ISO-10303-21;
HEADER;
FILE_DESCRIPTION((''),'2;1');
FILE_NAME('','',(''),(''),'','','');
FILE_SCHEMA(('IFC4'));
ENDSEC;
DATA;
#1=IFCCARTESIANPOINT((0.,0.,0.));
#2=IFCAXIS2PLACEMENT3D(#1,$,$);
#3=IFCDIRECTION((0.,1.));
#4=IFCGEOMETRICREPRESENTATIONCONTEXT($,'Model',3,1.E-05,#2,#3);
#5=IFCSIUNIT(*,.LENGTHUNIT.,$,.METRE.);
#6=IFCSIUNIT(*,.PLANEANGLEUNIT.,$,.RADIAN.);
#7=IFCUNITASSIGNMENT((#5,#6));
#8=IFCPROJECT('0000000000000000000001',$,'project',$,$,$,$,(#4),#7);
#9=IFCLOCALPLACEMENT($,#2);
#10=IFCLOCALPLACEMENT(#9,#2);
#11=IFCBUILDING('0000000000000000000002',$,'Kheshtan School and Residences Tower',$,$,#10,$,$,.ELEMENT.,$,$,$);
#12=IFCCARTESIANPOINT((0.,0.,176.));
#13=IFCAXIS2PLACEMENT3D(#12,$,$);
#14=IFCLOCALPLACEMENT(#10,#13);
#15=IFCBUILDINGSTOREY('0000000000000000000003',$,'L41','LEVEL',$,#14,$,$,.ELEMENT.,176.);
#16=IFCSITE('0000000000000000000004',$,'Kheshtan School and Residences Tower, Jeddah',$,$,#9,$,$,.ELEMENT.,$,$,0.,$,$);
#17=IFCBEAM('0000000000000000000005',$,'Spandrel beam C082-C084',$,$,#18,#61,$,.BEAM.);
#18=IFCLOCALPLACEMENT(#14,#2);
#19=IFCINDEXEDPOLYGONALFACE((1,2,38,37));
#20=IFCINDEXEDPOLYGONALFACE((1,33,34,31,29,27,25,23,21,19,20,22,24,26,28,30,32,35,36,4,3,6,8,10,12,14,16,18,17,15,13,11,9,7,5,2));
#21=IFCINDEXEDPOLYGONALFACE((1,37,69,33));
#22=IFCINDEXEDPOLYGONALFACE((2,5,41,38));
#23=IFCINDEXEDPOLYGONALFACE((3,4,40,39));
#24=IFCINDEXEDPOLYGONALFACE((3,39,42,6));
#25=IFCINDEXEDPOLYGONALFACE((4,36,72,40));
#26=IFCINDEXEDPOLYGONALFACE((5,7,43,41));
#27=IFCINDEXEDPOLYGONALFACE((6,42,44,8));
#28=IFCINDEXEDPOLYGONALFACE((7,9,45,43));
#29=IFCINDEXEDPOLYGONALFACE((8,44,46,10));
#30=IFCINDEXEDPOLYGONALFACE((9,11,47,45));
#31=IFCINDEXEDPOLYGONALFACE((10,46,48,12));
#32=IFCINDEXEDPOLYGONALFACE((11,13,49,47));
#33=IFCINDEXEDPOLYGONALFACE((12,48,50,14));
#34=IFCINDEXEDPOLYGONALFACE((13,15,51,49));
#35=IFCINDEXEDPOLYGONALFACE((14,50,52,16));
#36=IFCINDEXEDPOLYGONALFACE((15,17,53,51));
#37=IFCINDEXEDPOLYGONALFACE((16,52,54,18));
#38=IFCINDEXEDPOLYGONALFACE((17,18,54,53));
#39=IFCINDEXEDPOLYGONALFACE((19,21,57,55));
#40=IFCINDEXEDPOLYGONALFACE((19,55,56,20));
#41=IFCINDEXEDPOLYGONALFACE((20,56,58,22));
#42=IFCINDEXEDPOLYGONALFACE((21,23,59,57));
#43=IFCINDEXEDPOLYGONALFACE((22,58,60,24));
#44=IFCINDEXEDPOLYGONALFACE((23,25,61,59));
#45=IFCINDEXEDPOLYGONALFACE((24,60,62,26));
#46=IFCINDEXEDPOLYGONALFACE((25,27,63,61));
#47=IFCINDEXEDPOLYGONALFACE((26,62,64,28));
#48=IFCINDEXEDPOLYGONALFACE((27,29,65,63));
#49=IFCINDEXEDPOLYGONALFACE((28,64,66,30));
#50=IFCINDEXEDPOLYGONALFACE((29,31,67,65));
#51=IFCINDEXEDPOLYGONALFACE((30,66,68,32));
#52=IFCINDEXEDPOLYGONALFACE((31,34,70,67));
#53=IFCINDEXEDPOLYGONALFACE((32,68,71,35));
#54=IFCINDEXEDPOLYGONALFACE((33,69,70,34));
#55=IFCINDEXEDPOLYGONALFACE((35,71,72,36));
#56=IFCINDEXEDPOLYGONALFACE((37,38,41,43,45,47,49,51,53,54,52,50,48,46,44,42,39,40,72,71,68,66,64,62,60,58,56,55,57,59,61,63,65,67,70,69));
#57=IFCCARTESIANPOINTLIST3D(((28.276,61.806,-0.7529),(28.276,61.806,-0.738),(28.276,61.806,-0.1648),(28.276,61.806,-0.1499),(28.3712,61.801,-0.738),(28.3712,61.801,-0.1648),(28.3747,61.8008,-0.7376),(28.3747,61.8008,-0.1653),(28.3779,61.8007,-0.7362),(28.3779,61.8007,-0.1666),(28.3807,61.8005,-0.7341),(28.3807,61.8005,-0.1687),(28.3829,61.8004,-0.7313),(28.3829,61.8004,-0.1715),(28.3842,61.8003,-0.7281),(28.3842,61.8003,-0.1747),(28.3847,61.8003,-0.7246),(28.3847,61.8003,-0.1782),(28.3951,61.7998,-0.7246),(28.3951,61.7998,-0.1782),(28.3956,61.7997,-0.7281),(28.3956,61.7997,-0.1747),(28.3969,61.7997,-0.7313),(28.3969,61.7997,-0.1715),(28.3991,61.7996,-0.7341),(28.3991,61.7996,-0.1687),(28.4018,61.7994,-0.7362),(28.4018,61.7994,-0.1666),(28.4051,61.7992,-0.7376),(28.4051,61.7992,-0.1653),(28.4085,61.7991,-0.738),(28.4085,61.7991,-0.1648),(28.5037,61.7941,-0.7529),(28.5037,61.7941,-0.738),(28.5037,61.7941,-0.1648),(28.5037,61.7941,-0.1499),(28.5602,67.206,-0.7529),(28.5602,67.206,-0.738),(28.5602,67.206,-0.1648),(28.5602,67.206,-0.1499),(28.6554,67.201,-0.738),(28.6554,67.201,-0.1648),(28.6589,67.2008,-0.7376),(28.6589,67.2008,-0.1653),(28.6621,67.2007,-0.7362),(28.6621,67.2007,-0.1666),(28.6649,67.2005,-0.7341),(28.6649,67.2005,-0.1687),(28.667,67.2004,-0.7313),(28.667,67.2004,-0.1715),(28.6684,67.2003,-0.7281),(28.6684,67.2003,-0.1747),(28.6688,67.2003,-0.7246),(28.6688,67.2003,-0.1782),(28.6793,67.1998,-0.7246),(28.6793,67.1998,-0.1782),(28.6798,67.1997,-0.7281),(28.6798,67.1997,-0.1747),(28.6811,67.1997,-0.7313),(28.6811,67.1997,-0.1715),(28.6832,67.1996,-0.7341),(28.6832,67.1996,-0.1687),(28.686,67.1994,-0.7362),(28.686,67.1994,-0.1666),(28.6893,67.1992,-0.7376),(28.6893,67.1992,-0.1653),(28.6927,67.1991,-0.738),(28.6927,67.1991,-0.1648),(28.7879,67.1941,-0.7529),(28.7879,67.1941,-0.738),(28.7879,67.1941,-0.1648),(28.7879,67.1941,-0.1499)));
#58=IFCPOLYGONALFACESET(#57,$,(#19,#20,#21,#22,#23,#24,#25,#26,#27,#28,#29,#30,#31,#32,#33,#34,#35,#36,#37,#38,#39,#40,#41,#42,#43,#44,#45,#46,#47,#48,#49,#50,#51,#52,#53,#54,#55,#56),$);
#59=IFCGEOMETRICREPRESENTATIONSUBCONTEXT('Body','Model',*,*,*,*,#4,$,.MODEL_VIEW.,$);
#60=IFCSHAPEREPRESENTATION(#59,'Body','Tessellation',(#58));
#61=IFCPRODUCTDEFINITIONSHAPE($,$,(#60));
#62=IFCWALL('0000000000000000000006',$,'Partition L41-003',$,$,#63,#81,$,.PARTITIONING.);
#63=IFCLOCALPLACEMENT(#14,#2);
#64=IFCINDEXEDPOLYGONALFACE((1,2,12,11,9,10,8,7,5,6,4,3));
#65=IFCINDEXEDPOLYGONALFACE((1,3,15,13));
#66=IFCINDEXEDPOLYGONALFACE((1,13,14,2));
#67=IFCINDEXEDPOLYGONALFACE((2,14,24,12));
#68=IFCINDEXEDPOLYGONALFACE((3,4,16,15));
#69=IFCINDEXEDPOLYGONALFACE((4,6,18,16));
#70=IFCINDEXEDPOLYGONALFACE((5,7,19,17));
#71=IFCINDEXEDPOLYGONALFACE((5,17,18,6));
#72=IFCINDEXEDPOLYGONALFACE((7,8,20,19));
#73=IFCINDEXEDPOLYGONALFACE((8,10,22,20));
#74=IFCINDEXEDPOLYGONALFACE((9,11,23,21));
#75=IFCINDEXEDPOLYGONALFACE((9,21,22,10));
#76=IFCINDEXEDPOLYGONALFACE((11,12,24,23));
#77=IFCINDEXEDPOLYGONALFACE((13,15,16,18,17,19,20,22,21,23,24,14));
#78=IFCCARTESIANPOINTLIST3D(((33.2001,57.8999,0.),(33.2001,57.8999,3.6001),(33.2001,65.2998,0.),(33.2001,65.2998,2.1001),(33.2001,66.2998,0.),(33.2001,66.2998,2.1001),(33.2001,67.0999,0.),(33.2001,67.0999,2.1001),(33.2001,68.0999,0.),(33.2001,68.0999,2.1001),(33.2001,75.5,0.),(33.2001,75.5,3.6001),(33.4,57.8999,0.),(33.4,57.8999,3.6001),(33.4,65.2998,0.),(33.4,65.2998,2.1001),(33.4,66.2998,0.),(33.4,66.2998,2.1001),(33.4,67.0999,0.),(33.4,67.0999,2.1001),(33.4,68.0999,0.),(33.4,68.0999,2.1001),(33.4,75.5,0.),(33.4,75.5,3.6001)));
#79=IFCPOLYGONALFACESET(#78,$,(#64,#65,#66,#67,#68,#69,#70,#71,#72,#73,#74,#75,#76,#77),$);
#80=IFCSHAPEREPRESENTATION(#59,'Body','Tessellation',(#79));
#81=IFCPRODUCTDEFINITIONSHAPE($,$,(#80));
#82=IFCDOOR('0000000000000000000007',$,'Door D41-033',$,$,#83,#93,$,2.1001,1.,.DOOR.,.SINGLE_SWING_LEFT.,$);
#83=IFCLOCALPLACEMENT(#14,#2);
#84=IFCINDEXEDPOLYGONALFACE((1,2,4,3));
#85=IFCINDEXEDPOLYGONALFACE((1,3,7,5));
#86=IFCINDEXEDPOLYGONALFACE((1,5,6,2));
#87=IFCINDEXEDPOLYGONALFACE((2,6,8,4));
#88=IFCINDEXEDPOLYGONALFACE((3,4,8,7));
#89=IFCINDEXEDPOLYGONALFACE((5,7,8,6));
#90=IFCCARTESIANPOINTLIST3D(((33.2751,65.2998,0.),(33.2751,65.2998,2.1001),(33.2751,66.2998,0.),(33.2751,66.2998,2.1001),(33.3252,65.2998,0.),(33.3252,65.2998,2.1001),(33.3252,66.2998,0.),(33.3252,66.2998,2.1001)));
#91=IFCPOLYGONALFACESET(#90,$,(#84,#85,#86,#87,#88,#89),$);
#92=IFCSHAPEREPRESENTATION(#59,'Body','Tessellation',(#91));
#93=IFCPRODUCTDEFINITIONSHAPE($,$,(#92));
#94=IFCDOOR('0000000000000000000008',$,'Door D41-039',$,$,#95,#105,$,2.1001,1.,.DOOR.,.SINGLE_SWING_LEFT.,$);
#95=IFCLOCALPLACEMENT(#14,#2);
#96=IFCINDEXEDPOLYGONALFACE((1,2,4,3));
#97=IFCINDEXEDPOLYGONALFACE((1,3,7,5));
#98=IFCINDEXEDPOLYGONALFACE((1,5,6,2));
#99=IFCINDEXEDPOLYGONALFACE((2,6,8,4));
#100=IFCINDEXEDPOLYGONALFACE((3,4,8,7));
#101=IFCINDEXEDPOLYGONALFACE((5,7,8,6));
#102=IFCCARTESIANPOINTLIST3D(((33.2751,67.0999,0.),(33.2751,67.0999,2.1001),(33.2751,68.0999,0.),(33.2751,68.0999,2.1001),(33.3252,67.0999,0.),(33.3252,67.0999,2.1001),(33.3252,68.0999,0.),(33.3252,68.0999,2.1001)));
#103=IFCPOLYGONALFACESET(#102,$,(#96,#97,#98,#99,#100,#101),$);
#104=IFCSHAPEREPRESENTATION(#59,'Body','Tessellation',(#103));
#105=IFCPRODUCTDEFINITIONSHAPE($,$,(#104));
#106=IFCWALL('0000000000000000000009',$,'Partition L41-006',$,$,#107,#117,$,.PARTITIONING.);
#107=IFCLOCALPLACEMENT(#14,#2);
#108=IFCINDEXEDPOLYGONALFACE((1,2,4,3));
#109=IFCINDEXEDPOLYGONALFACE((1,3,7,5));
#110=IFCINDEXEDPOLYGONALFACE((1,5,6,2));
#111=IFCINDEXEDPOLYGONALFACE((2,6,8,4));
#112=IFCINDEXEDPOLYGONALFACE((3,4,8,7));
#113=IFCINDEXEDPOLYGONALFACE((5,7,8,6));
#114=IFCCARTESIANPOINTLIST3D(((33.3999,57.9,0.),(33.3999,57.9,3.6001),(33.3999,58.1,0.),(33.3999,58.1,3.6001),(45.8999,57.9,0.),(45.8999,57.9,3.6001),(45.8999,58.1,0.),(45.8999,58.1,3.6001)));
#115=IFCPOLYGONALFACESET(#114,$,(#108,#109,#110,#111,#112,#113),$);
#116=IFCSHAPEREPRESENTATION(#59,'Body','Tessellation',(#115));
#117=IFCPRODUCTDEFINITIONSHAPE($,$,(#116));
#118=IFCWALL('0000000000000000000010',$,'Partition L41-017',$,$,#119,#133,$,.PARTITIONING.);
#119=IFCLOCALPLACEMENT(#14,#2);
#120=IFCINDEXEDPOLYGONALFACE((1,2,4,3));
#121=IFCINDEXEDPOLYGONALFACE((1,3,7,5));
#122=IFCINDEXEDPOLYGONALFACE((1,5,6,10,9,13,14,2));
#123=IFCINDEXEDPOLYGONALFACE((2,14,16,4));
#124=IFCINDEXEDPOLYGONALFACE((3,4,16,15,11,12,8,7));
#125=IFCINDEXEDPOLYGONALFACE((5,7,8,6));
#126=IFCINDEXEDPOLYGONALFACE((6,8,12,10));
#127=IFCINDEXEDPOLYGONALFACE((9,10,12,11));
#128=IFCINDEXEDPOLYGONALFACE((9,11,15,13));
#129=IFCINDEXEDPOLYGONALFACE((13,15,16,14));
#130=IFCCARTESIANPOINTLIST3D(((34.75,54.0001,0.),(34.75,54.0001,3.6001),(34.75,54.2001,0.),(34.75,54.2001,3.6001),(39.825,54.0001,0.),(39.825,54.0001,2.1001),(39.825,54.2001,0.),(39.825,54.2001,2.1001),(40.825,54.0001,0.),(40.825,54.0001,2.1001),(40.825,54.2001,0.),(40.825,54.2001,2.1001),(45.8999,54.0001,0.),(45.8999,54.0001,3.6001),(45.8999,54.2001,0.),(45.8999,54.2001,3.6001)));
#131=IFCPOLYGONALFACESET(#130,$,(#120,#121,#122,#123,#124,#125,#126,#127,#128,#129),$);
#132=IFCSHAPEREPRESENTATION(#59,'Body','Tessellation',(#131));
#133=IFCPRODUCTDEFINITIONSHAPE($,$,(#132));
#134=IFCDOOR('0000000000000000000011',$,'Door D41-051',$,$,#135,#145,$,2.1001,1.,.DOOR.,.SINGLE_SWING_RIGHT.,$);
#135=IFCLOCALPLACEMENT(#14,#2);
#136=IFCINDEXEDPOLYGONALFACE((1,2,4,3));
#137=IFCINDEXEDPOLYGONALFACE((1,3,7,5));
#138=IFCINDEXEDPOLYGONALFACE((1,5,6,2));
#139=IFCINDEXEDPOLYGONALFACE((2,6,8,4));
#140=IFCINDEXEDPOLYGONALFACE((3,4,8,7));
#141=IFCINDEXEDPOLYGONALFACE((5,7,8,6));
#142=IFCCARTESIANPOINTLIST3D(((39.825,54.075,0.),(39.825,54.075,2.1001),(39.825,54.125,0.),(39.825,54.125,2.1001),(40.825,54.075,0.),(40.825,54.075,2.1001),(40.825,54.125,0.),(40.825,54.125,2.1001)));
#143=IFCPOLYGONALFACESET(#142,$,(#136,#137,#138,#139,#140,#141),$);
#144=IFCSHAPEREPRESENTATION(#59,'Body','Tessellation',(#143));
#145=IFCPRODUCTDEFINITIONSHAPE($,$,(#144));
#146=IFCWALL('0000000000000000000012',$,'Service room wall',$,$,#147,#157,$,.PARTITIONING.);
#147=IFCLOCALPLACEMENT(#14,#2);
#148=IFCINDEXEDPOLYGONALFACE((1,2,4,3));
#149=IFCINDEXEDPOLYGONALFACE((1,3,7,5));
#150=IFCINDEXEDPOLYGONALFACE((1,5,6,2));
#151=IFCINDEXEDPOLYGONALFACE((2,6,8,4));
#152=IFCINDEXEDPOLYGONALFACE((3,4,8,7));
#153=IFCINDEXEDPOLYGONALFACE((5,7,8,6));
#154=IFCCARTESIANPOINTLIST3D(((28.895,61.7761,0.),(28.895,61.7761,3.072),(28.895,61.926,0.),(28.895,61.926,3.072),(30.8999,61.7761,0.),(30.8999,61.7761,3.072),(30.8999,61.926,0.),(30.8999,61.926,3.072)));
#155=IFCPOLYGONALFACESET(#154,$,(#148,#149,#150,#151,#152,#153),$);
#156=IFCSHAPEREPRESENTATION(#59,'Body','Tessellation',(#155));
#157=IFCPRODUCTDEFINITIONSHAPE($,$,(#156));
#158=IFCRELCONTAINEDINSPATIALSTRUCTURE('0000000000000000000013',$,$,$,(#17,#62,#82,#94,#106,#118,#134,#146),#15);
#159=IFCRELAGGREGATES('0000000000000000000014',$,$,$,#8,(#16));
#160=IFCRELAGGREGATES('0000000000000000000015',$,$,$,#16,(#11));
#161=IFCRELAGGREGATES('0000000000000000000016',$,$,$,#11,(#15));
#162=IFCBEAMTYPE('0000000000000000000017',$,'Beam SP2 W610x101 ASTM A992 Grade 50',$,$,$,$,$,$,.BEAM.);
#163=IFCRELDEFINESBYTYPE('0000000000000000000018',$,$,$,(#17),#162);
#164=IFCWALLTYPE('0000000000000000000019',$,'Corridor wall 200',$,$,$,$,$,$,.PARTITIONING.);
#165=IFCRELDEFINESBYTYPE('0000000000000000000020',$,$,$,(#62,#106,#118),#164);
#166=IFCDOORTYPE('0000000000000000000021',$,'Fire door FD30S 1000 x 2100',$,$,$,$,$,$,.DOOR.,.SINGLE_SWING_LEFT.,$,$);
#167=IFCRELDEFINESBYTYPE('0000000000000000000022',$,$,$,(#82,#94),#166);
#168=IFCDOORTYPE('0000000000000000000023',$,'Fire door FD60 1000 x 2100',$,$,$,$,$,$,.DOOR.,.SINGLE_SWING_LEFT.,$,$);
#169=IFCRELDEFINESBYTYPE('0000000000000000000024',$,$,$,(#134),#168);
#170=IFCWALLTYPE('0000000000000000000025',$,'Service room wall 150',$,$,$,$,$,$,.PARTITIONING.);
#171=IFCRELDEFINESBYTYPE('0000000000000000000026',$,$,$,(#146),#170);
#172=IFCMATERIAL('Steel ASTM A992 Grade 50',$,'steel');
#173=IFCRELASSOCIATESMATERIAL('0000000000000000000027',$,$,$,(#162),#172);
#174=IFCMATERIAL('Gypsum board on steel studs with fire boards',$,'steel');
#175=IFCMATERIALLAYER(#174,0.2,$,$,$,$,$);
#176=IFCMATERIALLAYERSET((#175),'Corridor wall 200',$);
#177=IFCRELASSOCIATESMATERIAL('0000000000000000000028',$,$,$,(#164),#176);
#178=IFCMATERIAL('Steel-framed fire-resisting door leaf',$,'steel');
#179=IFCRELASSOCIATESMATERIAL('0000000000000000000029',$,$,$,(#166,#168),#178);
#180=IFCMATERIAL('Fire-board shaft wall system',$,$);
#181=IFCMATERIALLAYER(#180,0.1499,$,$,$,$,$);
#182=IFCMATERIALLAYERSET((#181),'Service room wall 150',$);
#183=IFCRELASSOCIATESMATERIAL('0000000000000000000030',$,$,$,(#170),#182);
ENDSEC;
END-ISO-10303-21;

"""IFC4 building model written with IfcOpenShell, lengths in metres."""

from ifc_helpers import new_model, si_unit, direction, frame, frame_2d, origin, origin_2d, place, context, subcontext, project, spatial, rectangle, i_section, extrude, source, transform, mapped, material, layer, layer_set, material_profile, profile_set, type_object, element, fill, save


model = new_model("IFC4")

# Units and contexts
model_context = context("Model", 3, precision=1e-05, world=origin(), true_north=direction((0.0, 1.0)))
body_context = subcontext(model_context, "Body", "Model", "MODEL_VIEW")
ifc_project = project(units=[si_unit("LENGTHUNIT", "METRE"), si_unit("PLANEANGLEUNIT", "RADIAN")], contexts=[model_context])

# Site, building, storey
site_placement = place(None, origin())
site = spatial("IfcSite", under=ifc_project, at=site_placement, Name="Kheshtan School and Residences Tower, Jeddah", CompositionType="ELEMENT", RefElevation=0.0)
building_placement = place(site_placement, origin())
building = spatial("IfcBuilding", under=site, at=building_placement, Name="Kheshtan School and Residences Tower", CompositionType="ELEMENT")
storey_placement = place(building_placement, frame((0.0, 0.0, 176.0)))
storey = spatial("IfcBuildingStorey", under=building, at=storey_placement, Name="L41", Description="LEVEL", CompositionType="ELEMENT", Elevation=176.0)

# Shared definitions
ifc_material_1 = material(Name="Steel ASTM A992 Grade 50", Category="steel")

# Beam
ifc_material_profile_1 = material_profile(ifc_material_1, i_section(OverallWidth=0.228, OverallDepth=0.603, WebThickness=0.0105, FlangeThickness=0.0149, FilletRadius=0.0134, at=origin_2d()), Name="W610x101")
ifc_profile_set_1 = profile_set([ifc_material_profile_1], Name="Steel ASTM A992 Grade 50")
beam_type_1 = type_object("IfcBeamType", Name="Beam SP2 W610x101 ASTM A992 Grade 50", PredefinedType="BEAM", material=ifc_profile_set_1)
beam_1_placement = place(storey_placement, frame((28.3899, 61.8, -0.4514), z_axis=(0.052554, 0.998618, 0.0), x_axis=(-0.998618, 0.052554, 0.0)))
element("IfcBeam", 1, at=beam_1_placement, inside=storey, type_object=beam_type_1, Name="Spandrel beam C082-C084", PredefinedType="BEAM", context=body_context, shape_type="SweptSolid", body=[
    extrude(i_section(OverallWidth=0.228, OverallDepth=0.603, WebThickness=0.0105, FlangeThickness=0.0149, FilletRadius=0.0134, at=origin_2d()), origin(), (0.0, 0.0, 1.0), 5.4075),
])

# Wall, openings, doors
ifc_material_2 = material(Name="Gypsum board on steel studs with fire boards", Category="steel")
ifc_layer_1 = layer(ifc_material_2, 0.2)
ifc_layer_set_1 = layer_set([ifc_layer_1], Name="Corridor wall 200")
wall_type_1 = type_object("IfcWallType", Name="Corridor wall 200", PredefinedType="PARTITIONING", material=ifc_layer_set_1)
wall_1_placement = place(storey_placement, frame((33.3, 57.8999, 0.0), z_axis=(0.0, 0.0, 1.0), x_axis=(0.0, 1.0, 0.0)))
wall_1 = element("IfcWall", 2, at=wall_1_placement, inside=storey, type_object=wall_type_1, Name="Partition L41-003", PredefinedType="PARTITIONING", context=body_context, shape_type="SweptSolid", body=[
    extrude(rectangle(XDim=17.6001, YDim=0.2, at=frame_2d((8.8, 0.0))), origin(), (0.0, 0.0, 1.0), 3.6001),
])
opening_1_placement = place(wall_1_placement, frame((7.3999, 0.0, 0.0)))
opening_1 = element("IfcOpeningElement", 3, at=opening_1_placement, cuts=wall_1, PredefinedType="OPENING", context=body_context, shape_type="SweptSolid", body=[
    extrude(rectangle(XDim=1.0, YDim=2.1001, at=frame_2d((0.5, 1.05))), frame((0.0, 0.1099, 0.0), z_axis=(0.0, -1.0, 0.0), x_axis=(1.0, 0.0, 0.0)), (0.0, 0.0, 1.0), 0.22),
])
opening_2_placement = place(wall_1_placement, frame((9.2, 0.0, 0.0)))
opening_2 = element("IfcOpeningElement", 4, at=opening_2_placement, cuts=wall_1, PredefinedType="OPENING", context=body_context, shape_type="SweptSolid", body=[
    extrude(rectangle(XDim=1.0, YDim=2.1001, at=frame_2d((0.5, 1.05))), frame((0.0, 0.1099, 0.0), z_axis=(0.0, -1.0, 0.0), x_axis=(1.0, 0.0, 0.0)), (0.0, 0.0, 1.0), 0.22),
])
ifc_material_3 = material(Name="Steel-framed fire-resisting door leaf", Category="steel")
door_type_1 = type_object("IfcDoorType", Name="Fire door FD30S 1000 x 2100", OperationType="SINGLE_SWING_LEFT", PredefinedType="DOOR", material=ifc_material_3)
shared_shape_1 = source(origin(), body_context, "Body", "SweptSolid", [
    extrude(rectangle(XDim=1.0, YDim=2.1001, at=frame_2d((0.5, 1.05))), frame((0.0, 0.0249, 0.0), z_axis=(0.0, -1.0, 0.0), x_axis=(1.0, 0.0, 0.0)), (0.0, 0.0, 1.0), 0.05),
])
door_1_placement = place(opening_1_placement, origin())
door_1 = element("IfcDoor", 5, at=door_1_placement, inside=storey, type_object=door_type_1, Name="Door D41-033", OperationType="SINGLE_SWING_LEFT", OverallHeight=2.1001, OverallWidth=1.0, PredefinedType="DOOR", context=body_context, shape_type="MappedRepresentation", body=[
    mapped(shared_shape_1, transform((0.0, 0.0, 0.0), x_axis=(1.0, 0.0, 0.0), y_axis=(0.0, 1.0, 0.0), z_axis=(0.0, 0.0, 1.0), scale=1.0)),
])
fill(opening_1, door_1)
door_2_placement = place(opening_2_placement, origin())
door_2 = element("IfcDoor", 6, at=door_2_placement, inside=storey, type_object=door_type_1, Name="Door D41-039", OperationType="SINGLE_SWING_LEFT", OverallHeight=2.1001, OverallWidth=1.0, PredefinedType="DOOR", context=body_context, shape_type="MappedRepresentation", body=[
    mapped(shared_shape_1, transform((0.0, 0.0, 0.0), x_axis=(1.0, 0.0, 0.0), y_axis=(0.0, 1.0, 0.0), z_axis=(0.0, 0.0, 1.0), scale=1.0)),
])
fill(opening_2, door_2)

# Wall
wall_2_placement = place(storey_placement, frame((33.3999, 58.0, 0.0), z_axis=(0.0, 0.0, 1.0), x_axis=(1.0, 0.0, 0.0)))
element("IfcWall", 7, at=wall_2_placement, inside=storey, type_object=wall_type_1, Name="Partition L41-006", PredefinedType="PARTITIONING", context=body_context, shape_type="SweptSolid", body=[
    extrude(rectangle(XDim=12.5, YDim=0.2, at=frame_2d((6.25, 0.0))), origin(), (0.0, 0.0, 1.0), 3.6001),
])

# Wall, opening, door
wall_3_placement = place(storey_placement, frame((34.75, 54.1001, 0.0), z_axis=(0.0, 0.0, 1.0), x_axis=(1.0, 0.0, 0.0)))
wall_3 = element("IfcWall", 8, at=wall_3_placement, inside=storey, type_object=wall_type_1, Name="Partition L41-017", PredefinedType="PARTITIONING", context=body_context, shape_type="SweptSolid", body=[
    extrude(rectangle(XDim=11.1499, YDim=0.2, at=frame_2d((5.575, 0.0))), origin(), (0.0, 0.0, 1.0), 3.6001),
])
opening_3_placement = place(wall_3_placement, frame((5.075, 0.0, 0.0)))
opening_3 = element("IfcOpeningElement", 9, at=opening_3_placement, cuts=wall_3, PredefinedType="OPENING", context=body_context, shape_type="SweptSolid", body=[
    extrude(rectangle(XDim=1.0, YDim=2.1001, at=frame_2d((0.5, 1.05))), frame((0.0, 0.1099, 0.0), z_axis=(0.0, -1.0, 0.0), x_axis=(1.0, 0.0, 0.0)), (0.0, 0.0, 1.0), 0.22),
])
door_type_2 = type_object("IfcDoorType", Name="Fire door FD60 1000 x 2100", OperationType="SINGLE_SWING_LEFT", PredefinedType="DOOR", material=ifc_material_3)
shared_shape_2 = source(origin(), body_context, "Body", "SweptSolid", [
    extrude(rectangle(XDim=1.0, YDim=2.1001, at=frame_2d((0.5, 1.05))), frame((0.0, 0.0249, 0.0), z_axis=(0.0, -1.0, 0.0), x_axis=(1.0, 0.0, 0.0)), (0.0, 0.0, 1.0), 0.05),
])
door_3_placement = place(opening_3_placement, origin())
door_3 = element("IfcDoor", 10, at=door_3_placement, inside=storey, type_object=door_type_2, Name="Door D41-051", OperationType="SINGLE_SWING_RIGHT", OverallHeight=2.1001, OverallWidth=1.0, PredefinedType="DOOR", context=body_context, shape_type="MappedRepresentation", body=[
    mapped(shared_shape_2, transform((0.0, 0.0, 0.0), x_axis=(1.0, 0.0, 0.0), y_axis=(0.0, 1.0, 0.0), z_axis=(0.0, 0.0, 1.0), scale=1.0)),
])
fill(opening_3, door_3)

# Wall
ifc_material_4 = material(Name="Fire-board shaft wall system")
ifc_layer_2 = layer(ifc_material_4, 0.1499)
ifc_layer_set_2 = layer_set([ifc_layer_2], Name="Service room wall 150")
wall_type_2 = type_object("IfcWallType", Name="Service room wall 150", PredefinedType="PARTITIONING", material=ifc_layer_set_2)
wall_4_placement = place(storey_placement, frame((28.895, 61.8511, 0.0), z_axis=(0.0, 0.0, 1.0), x_axis=(1.0, 0.0, 0.0)))
element("IfcWall", 11, at=wall_4_placement, inside=storey, type_object=wall_type_2, Name="Service room wall", PredefinedType="PARTITIONING", context=body_context, shape_type="SweptSolid", body=[
    extrude(rectangle(XDim=2.0049, YDim=0.1499, at=frame_2d((1.0024, 0.0))), origin(), (0.0, 0.0, 1.0), 3.072),
])

save(model, "model.ifc")
